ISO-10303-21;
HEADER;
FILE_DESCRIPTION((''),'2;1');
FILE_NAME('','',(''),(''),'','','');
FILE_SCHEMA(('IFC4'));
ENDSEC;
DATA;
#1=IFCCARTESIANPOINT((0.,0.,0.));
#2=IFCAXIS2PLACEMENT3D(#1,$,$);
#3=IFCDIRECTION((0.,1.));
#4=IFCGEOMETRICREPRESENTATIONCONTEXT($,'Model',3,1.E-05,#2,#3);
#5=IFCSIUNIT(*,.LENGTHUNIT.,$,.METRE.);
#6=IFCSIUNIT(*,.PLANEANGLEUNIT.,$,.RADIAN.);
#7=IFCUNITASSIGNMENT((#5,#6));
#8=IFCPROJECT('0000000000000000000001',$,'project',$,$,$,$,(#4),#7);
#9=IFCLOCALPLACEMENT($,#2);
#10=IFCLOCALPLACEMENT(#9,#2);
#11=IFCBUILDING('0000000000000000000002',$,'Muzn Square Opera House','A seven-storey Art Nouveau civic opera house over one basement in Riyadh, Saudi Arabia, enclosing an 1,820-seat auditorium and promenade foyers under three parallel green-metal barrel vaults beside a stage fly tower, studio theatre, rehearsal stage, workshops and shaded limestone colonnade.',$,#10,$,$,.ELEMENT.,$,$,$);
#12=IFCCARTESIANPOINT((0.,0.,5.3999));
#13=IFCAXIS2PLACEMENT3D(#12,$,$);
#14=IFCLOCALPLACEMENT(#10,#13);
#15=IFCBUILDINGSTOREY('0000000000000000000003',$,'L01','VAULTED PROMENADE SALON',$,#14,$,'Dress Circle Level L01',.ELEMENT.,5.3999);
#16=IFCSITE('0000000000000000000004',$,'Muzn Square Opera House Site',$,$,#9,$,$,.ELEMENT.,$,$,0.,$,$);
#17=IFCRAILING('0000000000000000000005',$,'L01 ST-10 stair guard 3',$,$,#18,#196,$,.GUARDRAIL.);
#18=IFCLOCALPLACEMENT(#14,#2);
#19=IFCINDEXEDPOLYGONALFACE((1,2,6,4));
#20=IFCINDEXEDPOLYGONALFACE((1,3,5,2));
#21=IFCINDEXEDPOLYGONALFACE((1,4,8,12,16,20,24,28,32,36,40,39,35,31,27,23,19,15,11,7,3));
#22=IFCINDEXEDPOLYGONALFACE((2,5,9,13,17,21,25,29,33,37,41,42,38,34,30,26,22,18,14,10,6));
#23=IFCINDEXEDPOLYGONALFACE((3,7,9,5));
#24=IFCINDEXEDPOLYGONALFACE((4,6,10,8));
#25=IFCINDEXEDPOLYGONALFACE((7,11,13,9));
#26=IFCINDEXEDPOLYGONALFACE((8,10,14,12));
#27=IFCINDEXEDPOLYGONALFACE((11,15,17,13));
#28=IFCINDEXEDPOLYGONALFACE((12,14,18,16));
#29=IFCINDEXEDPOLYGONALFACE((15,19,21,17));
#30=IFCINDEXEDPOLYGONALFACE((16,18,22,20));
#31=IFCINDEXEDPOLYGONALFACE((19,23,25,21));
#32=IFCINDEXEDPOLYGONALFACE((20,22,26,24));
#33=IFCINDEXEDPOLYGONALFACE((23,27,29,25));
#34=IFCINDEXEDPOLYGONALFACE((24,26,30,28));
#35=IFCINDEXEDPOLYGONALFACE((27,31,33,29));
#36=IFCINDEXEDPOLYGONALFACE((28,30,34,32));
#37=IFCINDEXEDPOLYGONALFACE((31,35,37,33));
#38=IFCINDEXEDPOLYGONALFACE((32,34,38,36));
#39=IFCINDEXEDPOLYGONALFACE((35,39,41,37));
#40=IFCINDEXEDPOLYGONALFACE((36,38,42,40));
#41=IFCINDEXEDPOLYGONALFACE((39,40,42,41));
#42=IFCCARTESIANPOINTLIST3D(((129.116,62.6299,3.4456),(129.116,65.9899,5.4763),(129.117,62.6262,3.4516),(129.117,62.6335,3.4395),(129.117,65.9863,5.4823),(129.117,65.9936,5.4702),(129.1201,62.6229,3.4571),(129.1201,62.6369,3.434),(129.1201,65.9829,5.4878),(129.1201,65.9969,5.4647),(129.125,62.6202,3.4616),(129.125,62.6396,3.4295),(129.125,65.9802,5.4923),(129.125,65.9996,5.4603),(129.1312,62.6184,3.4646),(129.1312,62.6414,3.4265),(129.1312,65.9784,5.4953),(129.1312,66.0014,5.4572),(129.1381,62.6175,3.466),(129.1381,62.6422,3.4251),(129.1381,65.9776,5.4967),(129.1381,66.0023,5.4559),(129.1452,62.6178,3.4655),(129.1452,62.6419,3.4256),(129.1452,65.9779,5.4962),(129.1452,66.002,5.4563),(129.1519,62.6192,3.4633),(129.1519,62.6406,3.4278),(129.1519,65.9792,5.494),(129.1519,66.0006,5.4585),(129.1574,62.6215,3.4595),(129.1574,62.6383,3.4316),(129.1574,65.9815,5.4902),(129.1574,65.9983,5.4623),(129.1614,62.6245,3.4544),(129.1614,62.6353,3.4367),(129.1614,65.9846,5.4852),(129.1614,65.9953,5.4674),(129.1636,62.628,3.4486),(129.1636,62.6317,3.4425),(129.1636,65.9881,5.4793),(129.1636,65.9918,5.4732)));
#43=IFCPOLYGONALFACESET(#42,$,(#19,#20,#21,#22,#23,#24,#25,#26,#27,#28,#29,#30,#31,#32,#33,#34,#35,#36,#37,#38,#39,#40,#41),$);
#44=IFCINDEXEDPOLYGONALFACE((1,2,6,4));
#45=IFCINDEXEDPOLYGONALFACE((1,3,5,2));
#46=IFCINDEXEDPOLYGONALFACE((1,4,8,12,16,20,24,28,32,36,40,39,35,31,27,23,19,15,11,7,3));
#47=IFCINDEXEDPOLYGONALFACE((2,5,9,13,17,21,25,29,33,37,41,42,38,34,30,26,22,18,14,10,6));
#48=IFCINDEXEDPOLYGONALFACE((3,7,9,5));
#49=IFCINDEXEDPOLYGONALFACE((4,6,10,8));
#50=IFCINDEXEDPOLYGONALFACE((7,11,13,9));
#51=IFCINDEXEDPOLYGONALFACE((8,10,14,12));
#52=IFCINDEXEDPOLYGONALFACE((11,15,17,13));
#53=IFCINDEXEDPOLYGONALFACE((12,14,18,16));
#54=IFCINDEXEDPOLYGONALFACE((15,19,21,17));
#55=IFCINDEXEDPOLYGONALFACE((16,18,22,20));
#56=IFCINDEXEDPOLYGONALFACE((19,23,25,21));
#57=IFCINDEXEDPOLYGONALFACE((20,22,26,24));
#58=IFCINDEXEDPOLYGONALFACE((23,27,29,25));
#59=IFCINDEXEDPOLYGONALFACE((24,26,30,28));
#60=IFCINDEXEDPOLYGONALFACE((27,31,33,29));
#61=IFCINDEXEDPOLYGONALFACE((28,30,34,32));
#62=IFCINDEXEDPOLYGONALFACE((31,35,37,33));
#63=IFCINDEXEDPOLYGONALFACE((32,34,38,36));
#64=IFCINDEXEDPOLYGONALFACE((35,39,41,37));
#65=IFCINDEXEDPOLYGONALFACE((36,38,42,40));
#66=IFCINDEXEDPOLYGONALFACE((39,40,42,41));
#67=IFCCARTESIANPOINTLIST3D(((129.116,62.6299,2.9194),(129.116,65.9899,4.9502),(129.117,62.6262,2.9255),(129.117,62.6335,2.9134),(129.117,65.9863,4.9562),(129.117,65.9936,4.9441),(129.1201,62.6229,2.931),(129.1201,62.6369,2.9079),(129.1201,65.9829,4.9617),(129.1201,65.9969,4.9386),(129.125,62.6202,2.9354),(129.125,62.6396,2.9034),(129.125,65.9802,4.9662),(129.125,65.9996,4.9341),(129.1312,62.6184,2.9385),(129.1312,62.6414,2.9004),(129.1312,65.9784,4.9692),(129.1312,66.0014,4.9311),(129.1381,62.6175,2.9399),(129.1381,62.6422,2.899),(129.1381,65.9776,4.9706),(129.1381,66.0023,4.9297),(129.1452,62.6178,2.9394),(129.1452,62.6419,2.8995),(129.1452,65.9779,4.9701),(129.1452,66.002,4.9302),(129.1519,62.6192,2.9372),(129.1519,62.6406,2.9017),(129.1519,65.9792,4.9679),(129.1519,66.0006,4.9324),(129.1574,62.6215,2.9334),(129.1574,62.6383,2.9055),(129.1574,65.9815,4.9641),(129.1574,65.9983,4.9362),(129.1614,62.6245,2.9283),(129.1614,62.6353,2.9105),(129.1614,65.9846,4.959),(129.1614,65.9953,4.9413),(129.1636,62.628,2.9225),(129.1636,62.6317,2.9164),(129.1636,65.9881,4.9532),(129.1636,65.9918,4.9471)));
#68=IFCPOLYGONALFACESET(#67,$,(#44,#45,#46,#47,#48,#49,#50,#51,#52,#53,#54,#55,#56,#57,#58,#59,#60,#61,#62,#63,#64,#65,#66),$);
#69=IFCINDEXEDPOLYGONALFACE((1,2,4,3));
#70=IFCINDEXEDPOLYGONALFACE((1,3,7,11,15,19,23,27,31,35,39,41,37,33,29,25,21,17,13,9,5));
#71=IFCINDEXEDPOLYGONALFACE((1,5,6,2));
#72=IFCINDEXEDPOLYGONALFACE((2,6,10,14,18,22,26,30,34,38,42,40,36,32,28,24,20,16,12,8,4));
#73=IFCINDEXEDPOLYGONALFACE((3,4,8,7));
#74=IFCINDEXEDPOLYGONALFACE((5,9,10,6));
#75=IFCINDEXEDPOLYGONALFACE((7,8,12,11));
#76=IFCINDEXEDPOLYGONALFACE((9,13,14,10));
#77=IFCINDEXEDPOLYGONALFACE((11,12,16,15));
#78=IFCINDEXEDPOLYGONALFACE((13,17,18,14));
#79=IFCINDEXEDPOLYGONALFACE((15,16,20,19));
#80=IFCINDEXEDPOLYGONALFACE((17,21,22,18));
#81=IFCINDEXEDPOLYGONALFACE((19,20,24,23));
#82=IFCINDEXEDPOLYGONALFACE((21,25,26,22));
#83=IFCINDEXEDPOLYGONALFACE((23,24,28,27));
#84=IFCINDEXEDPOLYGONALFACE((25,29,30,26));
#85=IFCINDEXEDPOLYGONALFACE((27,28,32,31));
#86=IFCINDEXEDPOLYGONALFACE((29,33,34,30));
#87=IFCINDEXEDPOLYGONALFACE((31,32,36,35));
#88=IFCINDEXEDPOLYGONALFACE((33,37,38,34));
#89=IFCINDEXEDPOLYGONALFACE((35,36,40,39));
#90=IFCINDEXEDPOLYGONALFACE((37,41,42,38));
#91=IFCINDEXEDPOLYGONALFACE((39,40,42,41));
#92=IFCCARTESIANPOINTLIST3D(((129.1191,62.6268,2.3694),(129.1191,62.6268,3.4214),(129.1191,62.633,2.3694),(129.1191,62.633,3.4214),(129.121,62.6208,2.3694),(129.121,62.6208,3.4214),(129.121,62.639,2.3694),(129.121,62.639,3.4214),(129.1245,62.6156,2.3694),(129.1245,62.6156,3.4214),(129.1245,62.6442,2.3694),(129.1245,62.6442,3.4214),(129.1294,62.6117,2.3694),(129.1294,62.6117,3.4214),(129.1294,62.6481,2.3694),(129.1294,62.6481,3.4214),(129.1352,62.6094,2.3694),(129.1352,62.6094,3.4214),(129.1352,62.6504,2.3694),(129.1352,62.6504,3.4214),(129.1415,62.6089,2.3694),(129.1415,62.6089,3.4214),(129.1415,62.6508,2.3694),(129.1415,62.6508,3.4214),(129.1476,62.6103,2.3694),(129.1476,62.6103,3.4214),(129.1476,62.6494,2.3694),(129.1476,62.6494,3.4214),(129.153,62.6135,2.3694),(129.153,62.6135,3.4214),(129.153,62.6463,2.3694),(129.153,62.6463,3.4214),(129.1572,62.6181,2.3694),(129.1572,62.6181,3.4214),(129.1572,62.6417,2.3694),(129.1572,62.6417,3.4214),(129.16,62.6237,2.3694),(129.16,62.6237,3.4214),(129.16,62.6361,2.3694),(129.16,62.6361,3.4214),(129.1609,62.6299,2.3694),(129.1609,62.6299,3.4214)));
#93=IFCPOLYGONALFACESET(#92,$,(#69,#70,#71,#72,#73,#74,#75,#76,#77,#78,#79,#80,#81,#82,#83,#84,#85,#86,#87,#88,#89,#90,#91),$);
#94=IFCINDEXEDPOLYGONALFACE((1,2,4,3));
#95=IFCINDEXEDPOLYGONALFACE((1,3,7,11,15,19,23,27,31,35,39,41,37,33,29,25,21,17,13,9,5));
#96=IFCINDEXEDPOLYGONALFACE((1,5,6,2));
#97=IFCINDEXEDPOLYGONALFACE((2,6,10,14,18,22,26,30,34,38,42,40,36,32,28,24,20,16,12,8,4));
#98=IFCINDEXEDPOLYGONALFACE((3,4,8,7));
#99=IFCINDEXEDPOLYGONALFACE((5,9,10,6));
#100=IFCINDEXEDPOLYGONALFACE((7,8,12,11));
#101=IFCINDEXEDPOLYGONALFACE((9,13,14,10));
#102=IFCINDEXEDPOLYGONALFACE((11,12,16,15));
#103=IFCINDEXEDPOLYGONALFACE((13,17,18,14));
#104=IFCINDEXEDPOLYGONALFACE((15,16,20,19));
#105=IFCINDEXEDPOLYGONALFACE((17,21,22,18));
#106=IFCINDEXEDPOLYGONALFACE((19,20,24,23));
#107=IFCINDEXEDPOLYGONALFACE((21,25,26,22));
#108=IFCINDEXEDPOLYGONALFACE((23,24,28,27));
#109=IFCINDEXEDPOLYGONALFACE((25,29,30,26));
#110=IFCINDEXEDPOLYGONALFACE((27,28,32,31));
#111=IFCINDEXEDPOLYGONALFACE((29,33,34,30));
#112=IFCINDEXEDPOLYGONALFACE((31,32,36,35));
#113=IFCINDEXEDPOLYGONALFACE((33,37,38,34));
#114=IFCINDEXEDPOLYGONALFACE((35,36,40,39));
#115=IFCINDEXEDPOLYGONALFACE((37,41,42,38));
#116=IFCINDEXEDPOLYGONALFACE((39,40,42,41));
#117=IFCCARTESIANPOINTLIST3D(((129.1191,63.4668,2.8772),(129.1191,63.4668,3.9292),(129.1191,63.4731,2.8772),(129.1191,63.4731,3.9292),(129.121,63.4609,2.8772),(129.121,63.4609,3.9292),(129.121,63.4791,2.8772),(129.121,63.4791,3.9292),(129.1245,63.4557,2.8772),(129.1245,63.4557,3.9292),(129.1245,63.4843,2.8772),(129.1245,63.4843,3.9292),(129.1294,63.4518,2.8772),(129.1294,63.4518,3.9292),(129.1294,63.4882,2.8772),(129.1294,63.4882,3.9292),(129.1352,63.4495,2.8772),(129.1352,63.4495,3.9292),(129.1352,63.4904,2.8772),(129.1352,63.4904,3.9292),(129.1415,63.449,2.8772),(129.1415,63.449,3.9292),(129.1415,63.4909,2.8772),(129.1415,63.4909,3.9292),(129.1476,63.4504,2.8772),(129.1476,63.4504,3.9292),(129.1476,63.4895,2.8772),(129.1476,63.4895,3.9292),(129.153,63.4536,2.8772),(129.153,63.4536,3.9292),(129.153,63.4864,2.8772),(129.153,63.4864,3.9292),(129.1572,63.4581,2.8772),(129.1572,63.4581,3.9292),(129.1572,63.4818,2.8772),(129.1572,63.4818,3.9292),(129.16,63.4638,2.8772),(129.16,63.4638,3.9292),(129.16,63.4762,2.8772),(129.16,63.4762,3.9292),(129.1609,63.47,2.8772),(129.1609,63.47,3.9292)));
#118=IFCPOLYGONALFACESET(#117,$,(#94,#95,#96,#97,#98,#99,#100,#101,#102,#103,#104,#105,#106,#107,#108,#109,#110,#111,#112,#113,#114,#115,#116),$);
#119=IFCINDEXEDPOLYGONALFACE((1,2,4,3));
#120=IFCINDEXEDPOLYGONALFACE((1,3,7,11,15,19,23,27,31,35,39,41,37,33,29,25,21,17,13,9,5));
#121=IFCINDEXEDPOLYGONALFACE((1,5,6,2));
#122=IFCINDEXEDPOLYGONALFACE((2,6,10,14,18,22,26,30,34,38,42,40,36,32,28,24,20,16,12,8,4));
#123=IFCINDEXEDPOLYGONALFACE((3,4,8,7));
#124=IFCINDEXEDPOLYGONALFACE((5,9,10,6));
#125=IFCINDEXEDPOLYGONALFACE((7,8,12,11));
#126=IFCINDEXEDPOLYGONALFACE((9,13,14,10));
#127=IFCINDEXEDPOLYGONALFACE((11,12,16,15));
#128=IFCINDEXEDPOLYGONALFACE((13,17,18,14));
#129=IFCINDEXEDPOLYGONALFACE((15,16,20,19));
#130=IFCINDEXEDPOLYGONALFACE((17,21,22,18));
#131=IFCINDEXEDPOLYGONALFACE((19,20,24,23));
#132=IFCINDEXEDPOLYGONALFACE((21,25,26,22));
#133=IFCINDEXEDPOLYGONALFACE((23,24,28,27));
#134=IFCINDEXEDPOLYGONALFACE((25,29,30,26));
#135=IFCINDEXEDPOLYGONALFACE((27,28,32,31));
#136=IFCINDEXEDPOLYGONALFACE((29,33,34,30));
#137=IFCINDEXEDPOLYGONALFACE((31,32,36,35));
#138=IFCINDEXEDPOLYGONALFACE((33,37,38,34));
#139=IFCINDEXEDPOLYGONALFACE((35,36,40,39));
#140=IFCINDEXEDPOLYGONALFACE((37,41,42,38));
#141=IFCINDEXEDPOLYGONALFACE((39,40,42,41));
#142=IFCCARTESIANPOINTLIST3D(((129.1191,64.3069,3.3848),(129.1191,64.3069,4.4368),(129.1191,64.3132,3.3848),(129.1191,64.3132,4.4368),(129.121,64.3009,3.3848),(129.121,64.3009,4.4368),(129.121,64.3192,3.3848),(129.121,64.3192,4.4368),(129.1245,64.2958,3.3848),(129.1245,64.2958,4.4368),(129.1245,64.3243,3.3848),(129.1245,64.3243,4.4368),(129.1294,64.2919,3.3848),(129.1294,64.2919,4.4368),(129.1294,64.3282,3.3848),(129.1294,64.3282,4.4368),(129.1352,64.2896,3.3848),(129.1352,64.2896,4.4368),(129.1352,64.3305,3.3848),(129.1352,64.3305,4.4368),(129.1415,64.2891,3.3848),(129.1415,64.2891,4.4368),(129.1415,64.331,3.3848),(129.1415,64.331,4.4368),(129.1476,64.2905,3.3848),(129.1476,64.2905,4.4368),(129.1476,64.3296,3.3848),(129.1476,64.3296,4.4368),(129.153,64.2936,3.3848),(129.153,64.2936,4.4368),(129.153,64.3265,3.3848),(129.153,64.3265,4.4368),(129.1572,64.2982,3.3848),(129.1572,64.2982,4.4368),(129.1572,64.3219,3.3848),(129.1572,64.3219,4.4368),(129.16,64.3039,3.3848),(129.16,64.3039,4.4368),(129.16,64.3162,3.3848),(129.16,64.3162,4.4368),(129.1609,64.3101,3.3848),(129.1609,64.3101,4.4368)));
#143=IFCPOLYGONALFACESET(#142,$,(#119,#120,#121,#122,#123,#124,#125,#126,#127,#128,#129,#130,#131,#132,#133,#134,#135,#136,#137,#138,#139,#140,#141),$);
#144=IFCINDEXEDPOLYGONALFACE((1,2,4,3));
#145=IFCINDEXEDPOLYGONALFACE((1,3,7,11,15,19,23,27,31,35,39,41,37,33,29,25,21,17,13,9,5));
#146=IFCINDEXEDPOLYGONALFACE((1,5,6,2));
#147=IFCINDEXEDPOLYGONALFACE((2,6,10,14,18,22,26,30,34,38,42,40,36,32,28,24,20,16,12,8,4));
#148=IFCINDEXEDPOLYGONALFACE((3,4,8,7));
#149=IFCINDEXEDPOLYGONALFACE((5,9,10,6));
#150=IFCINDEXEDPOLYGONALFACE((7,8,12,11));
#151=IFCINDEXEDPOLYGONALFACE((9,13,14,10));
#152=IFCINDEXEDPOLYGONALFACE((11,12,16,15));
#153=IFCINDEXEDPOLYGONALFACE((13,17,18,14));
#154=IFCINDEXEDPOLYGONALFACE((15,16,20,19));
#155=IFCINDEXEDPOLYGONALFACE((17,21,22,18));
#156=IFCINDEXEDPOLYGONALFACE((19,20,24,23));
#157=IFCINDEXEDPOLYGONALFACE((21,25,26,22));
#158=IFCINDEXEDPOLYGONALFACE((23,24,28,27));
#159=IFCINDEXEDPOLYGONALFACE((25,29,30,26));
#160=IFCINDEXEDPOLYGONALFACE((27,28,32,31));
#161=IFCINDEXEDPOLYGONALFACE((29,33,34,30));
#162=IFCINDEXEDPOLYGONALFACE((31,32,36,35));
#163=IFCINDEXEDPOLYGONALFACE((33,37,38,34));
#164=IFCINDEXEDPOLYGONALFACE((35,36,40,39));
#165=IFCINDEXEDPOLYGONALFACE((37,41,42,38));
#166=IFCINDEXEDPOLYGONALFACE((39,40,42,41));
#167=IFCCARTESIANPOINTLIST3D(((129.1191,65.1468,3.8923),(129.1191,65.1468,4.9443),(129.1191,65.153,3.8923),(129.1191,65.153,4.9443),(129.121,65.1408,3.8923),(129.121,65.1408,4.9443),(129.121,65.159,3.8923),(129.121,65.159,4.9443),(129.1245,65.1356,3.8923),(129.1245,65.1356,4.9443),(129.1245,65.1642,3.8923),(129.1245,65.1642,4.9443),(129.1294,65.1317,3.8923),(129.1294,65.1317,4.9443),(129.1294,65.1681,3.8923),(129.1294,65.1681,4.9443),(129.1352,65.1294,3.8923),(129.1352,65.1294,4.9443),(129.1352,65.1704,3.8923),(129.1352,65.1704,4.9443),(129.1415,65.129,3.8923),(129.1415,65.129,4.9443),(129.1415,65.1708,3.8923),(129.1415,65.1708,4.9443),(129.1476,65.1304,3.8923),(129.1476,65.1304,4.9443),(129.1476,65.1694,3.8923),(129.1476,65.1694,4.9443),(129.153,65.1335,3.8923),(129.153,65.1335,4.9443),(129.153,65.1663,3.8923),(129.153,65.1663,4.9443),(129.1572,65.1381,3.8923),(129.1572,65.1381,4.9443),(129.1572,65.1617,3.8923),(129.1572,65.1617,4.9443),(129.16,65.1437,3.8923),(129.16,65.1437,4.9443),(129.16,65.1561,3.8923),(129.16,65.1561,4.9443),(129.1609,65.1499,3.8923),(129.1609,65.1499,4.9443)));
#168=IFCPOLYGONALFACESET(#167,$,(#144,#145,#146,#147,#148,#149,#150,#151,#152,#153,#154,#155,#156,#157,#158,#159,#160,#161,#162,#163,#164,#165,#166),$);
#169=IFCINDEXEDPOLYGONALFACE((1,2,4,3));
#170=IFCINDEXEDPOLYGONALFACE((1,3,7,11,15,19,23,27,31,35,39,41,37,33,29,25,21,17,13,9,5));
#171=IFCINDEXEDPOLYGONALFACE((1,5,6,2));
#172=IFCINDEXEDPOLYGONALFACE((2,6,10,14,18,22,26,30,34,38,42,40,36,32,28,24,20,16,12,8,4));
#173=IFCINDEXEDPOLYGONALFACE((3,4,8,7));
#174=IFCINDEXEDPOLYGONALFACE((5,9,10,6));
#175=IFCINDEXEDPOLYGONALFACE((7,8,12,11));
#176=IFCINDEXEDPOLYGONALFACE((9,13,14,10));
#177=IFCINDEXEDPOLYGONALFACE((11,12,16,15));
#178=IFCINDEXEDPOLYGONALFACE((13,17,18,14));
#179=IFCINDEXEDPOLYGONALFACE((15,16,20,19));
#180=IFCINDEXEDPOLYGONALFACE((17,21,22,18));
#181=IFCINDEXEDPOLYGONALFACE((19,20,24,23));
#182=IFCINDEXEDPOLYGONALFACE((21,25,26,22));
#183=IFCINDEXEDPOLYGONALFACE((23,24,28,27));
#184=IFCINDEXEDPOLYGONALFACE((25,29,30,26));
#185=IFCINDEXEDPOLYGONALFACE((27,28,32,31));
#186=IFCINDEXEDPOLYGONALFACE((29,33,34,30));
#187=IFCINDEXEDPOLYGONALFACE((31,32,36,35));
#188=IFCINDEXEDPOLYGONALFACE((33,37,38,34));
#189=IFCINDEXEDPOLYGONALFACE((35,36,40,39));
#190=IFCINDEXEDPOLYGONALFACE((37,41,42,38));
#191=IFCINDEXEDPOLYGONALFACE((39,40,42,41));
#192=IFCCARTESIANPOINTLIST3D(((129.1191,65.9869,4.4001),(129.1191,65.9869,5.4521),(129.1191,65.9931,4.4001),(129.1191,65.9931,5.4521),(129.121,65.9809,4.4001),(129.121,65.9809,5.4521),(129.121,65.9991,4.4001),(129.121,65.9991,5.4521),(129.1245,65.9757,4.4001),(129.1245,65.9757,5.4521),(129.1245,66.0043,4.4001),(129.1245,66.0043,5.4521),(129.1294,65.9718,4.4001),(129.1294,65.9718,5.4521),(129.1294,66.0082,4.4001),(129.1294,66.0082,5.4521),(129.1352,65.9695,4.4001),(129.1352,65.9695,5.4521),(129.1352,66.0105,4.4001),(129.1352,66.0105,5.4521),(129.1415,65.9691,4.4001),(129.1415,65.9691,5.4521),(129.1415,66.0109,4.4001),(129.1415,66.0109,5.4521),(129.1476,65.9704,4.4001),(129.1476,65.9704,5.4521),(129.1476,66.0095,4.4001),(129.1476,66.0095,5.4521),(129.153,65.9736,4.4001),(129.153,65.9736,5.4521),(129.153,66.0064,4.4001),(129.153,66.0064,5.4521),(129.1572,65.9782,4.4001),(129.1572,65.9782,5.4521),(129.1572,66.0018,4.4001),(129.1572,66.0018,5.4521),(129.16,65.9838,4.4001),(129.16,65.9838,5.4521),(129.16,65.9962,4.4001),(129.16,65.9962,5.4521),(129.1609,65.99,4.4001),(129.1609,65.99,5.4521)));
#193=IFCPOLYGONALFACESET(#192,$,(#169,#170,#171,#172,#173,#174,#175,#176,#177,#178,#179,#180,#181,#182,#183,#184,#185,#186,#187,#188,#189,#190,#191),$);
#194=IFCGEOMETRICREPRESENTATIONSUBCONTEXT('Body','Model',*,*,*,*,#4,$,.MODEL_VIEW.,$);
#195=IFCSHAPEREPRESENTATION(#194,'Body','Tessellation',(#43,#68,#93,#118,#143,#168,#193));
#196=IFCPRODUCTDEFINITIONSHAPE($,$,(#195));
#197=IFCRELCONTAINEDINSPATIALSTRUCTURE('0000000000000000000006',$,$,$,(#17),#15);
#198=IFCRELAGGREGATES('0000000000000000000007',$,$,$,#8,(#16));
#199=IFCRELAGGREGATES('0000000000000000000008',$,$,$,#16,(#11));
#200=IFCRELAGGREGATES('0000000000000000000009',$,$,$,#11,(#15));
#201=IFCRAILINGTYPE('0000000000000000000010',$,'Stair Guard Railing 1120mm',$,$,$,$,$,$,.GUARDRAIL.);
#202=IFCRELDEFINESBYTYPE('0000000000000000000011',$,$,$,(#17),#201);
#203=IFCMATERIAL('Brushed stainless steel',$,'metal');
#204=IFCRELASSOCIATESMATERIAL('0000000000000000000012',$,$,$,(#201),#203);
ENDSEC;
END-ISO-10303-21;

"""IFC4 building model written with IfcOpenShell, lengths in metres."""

from ifc_helpers import new_model, si_unit, direction, frame, origin, origin_2d, place, context, subcontext, project, spatial, circle, extrude, material, type_object, element, save


model = new_model("IFC4")

# Units and contexts
model_context = context("Model", 3, precision=1e-05, world=origin(), true_north=direction((0.0, 1.0)))
body_context = subcontext(model_context, "Body", "Model", "MODEL_VIEW")
ifc_project = project(units=[si_unit("LENGTHUNIT", "METRE"), si_unit("PLANEANGLEUNIT", "RADIAN")], contexts=[model_context])

# Site, building, storey
site_placement = place(None, origin())
site = spatial("IfcSite", under=ifc_project, at=site_placement, Name="Muzn Square Opera House Site", CompositionType="ELEMENT", RefElevation=0.0)
building_placement = place(site_placement, origin())
building = spatial("IfcBuilding", under=site, at=building_placement, Name="Muzn Square Opera House", Description="A seven-storey Art Nouveau civic opera house over one basement in Riyadh, Saudi Arabia, enclosing an 1,820-seat auditorium and promenade foyers under three parallel green-metal barrel vaults beside a stage fly tower, studio theatre, rehearsal stage, workshops and shaded limestone colonnade.", CompositionType="ELEMENT")
storey_placement = place(building_placement, frame((0.0, 0.0, 5.3999)))
storey = spatial("IfcBuildingStorey", under=building, at=storey_placement, Name="L01", Description="VAULTED PROMENADE SALON", LongName="Dress Circle Level L01", CompositionType="ELEMENT", Elevation=5.3999)

# Railing
ifc_material_1 = material(Name="Brushed stainless steel", Category="metal")
railing_type_1 = type_object("IfcRailingType", Name="Stair Guard Railing 1120mm", PredefinedType="GUARDRAIL", material=ifc_material_1)
railing_1_placement = place(storey_placement, frame((129.1399, 62.6299, 2.3694)))
element("IfcRailing", 1, at=railing_1_placement, inside=storey, type_object=railing_type_1, Name="L01 ST-10 stair guard 3", PredefinedType="GUARDRAIL", context=body_context, shape_type="SweptSolid", body=[
    extrude(circle(Radius=0.0239, at=origin_2d()), frame((0.0, 0.0, 1.0762), z_axis=(0.0, 0.855837, 0.517246), x_axis=(-1.0, 0.0, 0.0)), (0.0, 0.0, 1.0), 3.926),
    extrude(circle(Radius=0.0239, at=origin_2d()), frame((0.0, 0.0, 0.55), z_axis=(0.0, 0.855837, 0.517246), x_axis=(-1.0, 0.0, 0.0)), (0.0, 0.0, 1.0), 3.926),
    extrude(circle(Radius=0.021, at=origin_2d()), origin(), (0.0, 0.0, 1.0), 1.052),
    extrude(circle(Radius=0.021, at=origin_2d()), frame((0.0, 0.8401, 0.5078)), (0.0, 0.0, 1.0), 1.052),
    extrude(circle(Radius=0.021, at=origin_2d()), frame((0.0, 1.6802, 1.0154)), (0.0, 0.0, 1.0), 1.052),
    extrude(circle(Radius=0.021, at=origin_2d()), frame((0.0, 2.52, 1.5229)), (0.0, 0.0, 1.0), 1.052),
    extrude(circle(Radius=0.021, at=origin_2d()), frame((0.0, 3.3601, 2.0308)), (0.0, 0.0, 1.0), 1.052),
])

save(model, "model.ifc")
